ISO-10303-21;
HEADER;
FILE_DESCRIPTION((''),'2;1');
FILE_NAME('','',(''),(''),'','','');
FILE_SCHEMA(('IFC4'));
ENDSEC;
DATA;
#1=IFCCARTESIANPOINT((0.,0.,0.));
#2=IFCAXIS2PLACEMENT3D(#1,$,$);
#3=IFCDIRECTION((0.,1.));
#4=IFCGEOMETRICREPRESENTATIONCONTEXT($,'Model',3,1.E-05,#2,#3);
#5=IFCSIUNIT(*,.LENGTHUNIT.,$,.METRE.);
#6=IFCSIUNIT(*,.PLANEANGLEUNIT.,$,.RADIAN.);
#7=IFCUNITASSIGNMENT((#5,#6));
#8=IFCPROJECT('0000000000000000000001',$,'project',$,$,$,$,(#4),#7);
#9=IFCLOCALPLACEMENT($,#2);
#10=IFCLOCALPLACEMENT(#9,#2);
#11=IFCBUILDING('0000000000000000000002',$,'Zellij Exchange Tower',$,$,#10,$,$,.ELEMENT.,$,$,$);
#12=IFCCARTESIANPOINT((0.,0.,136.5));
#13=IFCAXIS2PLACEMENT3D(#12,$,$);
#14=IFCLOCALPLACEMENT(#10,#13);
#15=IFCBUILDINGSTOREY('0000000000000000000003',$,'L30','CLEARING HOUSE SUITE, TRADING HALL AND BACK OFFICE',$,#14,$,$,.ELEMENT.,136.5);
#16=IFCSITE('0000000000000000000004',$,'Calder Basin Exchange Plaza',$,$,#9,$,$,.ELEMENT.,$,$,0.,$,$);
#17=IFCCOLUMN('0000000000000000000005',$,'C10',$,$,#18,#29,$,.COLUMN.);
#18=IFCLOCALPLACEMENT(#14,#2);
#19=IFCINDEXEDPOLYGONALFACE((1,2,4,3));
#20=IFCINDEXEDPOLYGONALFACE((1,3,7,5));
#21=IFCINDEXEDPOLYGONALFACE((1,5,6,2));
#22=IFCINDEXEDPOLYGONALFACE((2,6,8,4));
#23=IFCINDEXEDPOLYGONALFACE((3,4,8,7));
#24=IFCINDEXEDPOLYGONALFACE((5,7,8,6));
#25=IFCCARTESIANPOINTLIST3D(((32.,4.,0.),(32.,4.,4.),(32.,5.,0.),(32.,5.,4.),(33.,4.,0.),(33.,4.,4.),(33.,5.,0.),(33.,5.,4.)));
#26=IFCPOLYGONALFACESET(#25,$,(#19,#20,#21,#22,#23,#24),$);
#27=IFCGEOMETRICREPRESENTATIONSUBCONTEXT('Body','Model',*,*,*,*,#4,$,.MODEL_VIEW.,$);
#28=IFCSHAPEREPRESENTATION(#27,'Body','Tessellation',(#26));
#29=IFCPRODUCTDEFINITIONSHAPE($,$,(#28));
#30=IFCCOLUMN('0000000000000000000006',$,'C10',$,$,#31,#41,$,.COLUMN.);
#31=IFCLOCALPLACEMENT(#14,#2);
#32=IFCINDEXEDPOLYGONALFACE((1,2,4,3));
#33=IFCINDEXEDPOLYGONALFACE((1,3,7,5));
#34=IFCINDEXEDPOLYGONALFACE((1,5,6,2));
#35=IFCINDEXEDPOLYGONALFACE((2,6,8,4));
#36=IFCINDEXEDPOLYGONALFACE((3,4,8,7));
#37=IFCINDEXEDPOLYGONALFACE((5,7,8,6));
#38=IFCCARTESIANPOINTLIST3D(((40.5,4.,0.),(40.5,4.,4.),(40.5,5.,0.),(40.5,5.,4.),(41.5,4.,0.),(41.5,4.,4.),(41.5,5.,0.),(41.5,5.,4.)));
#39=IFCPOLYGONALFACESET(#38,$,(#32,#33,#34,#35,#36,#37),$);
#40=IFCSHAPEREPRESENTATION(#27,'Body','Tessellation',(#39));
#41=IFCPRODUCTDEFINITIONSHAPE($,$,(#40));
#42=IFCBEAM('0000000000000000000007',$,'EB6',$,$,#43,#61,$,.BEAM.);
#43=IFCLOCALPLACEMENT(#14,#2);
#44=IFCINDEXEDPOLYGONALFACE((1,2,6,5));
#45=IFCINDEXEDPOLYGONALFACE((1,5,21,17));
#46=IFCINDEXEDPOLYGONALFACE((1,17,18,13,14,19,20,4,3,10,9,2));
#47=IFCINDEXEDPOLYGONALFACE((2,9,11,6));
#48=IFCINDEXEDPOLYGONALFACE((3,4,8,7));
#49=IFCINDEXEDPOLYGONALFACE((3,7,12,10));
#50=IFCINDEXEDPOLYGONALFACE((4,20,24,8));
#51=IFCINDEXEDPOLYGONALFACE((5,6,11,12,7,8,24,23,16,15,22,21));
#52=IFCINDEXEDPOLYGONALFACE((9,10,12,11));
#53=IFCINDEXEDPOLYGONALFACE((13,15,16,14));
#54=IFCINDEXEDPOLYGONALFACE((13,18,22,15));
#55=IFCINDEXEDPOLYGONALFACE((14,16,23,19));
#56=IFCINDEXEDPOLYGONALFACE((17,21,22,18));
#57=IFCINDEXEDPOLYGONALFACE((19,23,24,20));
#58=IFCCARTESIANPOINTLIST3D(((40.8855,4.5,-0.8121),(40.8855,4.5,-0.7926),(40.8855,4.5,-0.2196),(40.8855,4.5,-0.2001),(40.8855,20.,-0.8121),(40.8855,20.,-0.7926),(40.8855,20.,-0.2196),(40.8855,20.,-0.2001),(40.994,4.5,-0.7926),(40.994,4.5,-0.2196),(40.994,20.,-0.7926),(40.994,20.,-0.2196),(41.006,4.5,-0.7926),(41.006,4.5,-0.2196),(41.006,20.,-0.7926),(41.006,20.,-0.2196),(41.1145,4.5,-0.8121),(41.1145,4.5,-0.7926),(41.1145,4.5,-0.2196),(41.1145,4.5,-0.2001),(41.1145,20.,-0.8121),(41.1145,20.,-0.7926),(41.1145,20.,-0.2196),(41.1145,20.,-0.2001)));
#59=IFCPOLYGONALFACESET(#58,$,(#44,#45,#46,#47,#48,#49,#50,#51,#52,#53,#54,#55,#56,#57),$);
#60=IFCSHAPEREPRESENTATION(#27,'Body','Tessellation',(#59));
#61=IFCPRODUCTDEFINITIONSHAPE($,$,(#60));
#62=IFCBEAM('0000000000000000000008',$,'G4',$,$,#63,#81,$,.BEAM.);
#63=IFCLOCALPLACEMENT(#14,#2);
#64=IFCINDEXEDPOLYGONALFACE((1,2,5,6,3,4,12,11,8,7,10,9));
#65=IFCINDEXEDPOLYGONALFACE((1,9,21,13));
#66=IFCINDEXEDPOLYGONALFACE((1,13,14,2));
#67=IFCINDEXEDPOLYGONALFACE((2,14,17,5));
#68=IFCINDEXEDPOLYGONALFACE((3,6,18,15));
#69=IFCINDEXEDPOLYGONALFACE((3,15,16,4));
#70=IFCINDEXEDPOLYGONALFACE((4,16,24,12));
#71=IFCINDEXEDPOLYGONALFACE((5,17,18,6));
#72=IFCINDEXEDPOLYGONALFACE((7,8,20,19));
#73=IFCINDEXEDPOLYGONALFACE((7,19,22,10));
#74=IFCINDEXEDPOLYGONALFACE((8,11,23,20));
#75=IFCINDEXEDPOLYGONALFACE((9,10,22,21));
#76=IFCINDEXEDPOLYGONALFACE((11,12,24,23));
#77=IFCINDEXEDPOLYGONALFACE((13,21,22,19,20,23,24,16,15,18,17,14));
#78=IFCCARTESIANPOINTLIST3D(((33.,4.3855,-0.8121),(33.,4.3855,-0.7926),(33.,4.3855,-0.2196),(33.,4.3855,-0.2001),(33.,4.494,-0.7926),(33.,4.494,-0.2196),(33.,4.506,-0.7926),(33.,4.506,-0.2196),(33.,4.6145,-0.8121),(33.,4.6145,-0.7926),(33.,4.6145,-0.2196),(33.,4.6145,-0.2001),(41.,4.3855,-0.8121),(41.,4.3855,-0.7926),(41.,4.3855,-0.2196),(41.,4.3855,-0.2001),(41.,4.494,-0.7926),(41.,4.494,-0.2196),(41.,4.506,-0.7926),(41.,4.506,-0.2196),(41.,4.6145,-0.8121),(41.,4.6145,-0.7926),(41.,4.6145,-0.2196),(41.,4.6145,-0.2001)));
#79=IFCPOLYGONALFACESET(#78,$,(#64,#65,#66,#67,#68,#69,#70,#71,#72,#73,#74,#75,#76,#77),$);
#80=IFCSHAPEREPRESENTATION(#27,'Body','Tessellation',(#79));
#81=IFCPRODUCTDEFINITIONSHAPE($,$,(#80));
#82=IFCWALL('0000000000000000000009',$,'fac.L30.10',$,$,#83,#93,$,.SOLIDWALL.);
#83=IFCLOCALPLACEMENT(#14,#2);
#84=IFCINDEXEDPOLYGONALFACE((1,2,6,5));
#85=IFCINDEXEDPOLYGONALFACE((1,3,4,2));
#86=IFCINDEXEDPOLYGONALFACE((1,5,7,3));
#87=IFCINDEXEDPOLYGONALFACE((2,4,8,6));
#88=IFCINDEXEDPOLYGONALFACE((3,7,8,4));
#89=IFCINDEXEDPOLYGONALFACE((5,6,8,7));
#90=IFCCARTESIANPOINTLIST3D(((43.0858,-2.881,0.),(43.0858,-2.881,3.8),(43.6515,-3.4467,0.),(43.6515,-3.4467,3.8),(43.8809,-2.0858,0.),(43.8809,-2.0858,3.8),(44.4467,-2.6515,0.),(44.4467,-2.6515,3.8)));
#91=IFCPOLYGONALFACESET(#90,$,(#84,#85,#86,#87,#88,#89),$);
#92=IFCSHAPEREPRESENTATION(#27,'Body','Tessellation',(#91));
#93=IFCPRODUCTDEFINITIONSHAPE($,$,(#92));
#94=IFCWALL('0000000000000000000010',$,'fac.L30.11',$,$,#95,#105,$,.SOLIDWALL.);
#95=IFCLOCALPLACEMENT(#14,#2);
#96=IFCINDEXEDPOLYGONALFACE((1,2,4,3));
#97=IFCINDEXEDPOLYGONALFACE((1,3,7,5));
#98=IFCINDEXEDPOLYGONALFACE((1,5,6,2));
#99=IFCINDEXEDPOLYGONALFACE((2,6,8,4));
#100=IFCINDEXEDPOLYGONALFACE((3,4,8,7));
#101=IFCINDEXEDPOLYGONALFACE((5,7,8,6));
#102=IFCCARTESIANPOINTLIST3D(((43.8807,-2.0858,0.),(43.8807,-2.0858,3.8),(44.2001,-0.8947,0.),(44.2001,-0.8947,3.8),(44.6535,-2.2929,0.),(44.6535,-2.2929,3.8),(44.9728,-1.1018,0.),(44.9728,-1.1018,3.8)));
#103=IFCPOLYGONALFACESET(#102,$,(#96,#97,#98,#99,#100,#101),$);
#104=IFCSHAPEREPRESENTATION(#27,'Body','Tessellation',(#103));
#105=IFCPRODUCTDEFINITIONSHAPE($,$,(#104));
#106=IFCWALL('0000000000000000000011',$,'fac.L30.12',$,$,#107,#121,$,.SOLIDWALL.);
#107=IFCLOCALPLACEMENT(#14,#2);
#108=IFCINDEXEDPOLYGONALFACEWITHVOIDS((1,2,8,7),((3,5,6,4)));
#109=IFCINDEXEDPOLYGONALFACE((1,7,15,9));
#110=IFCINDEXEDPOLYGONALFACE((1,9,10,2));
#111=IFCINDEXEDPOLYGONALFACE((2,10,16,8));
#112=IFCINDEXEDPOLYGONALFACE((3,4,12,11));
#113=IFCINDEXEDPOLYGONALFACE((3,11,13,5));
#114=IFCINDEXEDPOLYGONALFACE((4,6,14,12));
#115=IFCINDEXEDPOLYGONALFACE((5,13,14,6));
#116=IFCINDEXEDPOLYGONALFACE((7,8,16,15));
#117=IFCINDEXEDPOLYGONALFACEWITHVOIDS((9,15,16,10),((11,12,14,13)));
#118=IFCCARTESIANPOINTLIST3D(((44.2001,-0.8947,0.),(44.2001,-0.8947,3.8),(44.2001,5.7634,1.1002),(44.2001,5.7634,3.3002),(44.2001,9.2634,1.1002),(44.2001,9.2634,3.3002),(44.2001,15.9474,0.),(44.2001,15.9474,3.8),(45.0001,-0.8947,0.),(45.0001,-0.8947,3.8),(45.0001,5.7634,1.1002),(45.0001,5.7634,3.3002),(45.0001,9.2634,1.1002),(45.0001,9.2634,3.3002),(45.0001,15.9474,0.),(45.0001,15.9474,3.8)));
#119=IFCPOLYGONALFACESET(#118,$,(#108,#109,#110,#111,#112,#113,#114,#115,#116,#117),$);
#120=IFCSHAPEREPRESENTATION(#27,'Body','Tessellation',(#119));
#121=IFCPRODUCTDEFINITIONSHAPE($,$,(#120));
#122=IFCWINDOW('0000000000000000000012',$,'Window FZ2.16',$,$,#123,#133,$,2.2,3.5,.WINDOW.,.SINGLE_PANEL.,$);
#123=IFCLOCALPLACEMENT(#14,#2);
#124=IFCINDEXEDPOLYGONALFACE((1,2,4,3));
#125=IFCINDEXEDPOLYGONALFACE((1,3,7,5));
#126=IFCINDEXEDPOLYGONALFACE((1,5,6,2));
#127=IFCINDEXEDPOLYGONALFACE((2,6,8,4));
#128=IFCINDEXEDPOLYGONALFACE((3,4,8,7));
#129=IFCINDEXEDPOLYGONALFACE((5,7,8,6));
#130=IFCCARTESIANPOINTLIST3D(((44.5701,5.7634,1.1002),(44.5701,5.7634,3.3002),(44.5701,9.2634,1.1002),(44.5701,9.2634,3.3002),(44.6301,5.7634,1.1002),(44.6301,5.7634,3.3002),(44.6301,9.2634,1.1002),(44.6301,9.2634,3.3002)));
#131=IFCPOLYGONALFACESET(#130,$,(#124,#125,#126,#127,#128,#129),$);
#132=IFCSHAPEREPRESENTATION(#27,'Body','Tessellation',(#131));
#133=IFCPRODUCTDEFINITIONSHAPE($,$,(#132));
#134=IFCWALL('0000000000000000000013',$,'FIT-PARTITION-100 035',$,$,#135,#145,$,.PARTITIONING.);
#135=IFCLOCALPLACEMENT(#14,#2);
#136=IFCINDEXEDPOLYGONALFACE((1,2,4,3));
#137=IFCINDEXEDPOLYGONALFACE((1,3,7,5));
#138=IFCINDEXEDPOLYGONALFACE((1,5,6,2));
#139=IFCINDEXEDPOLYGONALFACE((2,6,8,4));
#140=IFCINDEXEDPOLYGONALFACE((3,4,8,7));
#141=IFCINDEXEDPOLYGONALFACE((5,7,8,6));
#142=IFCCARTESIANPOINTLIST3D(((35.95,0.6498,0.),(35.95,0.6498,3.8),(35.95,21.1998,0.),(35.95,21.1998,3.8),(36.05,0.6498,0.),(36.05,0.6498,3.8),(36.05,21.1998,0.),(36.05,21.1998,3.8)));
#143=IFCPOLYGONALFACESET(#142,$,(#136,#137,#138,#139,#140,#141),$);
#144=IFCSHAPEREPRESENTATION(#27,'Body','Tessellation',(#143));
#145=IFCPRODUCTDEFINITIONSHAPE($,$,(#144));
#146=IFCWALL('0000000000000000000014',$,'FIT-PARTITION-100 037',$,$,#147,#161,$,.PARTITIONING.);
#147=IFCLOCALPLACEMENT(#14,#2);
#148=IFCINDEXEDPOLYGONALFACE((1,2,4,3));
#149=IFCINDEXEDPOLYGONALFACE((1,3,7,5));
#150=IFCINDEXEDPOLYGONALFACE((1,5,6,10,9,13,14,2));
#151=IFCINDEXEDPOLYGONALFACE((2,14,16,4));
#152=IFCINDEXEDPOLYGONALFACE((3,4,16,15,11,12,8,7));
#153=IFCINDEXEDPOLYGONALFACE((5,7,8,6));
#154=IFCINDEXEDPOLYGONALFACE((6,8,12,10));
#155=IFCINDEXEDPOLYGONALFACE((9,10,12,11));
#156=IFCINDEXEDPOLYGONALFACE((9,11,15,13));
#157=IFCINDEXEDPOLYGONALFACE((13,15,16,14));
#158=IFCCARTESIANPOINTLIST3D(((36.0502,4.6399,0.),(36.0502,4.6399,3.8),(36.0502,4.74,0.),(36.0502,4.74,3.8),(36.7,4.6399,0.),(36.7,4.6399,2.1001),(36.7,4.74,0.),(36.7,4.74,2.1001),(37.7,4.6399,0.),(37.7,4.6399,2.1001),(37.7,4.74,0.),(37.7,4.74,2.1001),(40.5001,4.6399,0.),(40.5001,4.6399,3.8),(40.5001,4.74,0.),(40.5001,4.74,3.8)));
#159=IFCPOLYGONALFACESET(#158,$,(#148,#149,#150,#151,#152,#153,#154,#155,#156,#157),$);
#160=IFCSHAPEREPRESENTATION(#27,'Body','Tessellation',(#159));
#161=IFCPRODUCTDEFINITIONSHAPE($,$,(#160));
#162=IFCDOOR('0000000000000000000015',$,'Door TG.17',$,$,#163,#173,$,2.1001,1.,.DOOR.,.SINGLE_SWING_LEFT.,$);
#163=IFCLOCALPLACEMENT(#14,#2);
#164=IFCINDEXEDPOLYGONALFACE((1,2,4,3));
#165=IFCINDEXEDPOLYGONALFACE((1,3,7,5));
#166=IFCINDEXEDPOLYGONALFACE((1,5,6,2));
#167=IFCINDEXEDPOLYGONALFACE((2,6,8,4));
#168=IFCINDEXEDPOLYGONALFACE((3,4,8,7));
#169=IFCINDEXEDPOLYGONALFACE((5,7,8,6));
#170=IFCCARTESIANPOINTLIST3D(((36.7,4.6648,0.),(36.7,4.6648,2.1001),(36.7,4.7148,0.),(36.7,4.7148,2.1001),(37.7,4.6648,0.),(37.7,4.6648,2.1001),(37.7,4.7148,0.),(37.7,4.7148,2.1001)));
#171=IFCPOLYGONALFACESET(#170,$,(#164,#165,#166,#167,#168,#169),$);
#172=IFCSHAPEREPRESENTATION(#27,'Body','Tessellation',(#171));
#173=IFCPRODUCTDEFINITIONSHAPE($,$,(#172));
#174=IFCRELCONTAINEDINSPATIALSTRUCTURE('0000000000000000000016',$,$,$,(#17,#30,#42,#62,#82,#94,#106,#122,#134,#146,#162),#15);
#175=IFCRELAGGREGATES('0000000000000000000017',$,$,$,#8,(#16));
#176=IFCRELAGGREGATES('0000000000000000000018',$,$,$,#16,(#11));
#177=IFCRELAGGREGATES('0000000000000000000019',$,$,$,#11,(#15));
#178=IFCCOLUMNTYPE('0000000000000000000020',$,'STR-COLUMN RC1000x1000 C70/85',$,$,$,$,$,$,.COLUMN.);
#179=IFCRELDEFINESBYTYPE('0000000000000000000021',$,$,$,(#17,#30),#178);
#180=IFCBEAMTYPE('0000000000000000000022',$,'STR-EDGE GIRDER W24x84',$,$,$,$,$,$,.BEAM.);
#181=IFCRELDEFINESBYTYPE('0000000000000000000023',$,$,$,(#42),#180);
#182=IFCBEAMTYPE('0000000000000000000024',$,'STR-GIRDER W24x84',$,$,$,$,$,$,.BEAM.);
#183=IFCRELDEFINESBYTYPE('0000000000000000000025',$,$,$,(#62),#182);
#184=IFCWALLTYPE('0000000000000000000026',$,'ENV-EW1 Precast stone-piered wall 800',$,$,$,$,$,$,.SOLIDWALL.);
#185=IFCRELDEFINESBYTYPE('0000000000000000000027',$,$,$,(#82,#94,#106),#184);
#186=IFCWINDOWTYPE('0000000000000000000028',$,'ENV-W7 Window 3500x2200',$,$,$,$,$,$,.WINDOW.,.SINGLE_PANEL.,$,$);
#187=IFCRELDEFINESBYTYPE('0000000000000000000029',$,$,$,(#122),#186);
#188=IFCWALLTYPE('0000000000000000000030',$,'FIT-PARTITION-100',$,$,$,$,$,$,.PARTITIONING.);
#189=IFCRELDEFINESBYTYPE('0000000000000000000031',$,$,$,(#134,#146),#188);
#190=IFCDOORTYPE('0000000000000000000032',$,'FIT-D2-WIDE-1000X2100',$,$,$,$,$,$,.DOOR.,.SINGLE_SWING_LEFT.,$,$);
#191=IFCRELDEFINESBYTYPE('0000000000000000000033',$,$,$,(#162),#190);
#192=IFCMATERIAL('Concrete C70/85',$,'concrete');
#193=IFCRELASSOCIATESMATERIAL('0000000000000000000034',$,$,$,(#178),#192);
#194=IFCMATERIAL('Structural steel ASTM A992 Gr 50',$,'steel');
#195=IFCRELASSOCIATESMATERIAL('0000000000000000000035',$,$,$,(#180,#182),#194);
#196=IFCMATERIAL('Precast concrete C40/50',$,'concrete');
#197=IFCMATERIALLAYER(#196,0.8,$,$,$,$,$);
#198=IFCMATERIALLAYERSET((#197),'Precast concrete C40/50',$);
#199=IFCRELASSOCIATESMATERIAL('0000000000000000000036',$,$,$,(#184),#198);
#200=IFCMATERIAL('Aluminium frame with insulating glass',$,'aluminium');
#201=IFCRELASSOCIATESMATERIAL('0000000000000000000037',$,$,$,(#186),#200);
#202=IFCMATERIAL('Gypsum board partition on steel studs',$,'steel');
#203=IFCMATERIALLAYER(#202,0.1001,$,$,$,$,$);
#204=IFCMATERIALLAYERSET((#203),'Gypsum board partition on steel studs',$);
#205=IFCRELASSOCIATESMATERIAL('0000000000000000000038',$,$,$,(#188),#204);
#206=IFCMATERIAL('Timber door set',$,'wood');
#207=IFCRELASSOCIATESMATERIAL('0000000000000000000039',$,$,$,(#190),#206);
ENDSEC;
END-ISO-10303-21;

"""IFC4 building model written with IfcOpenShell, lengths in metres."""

from ifc_helpers import new_model, si_unit, direction, frame, frame_2d, origin, origin_2d, place, context, subcontext, project, spatial, rectangle, i_section, extrude, material, layer, layer_set, material_profile, profile_set, type_object, element, fill, save


model = new_model("IFC4")

# Units and contexts
model_context = context("Model", 3, precision=1e-05, world=origin(), true_north=direction((0.0, 1.0)))
body_context = subcontext(model_context, "Body", "Model", "MODEL_VIEW")
ifc_project = project(units=[si_unit("LENGTHUNIT", "METRE"), si_unit("PLANEANGLEUNIT", "RADIAN")], contexts=[model_context])

# Site, building, storey
site_placement = place(None, origin())
site = spatial("IfcSite", under=ifc_project, at=site_placement, Name="Calder Basin Exchange Plaza", CompositionType="ELEMENT", RefElevation=0.0)
building_placement = place(site_placement, origin())
building = spatial("IfcBuilding", under=site, at=building_placement, Name="Zellij Exchange Tower", CompositionType="ELEMENT")
storey_placement = place(building_placement, frame((0.0, 0.0, 136.5)))
storey = spatial("IfcBuildingStorey", under=building, at=storey_placement, Name="L30", Description="CLEARING HOUSE SUITE, TRADING HALL AND BACK OFFICE", CompositionType="ELEMENT", Elevation=136.5)

# Columns
ifc_material_1 = material(Name="Concrete C70/85", Category="concrete")
ifc_material_profile_1 = material_profile(ifc_material_1, rectangle(XDim=1.0, YDim=1.0, at=origin_2d()), Name="STR-COLUMN RC1000x1000 C70/85")
ifc_profile_set_1 = profile_set([ifc_material_profile_1], Name="Concrete C70/85")
column_type = type_object("IfcColumnType", Name="STR-COLUMN RC1000x1000 C70/85", PredefinedType="COLUMN", material=ifc_profile_set_1)
for number, where, z_axis, x_axis, name in (
    (1, (32.5, 4.5, 0.0), (0.0, 0.0, 1.0), (1.0, 0.0, 0.0), "C10"),
    (2, (41.0, 4.5, 0.0), (0.0, 0.0, 1.0), (1.0, 0.0, 0.0), "C10"),
):
    element("IfcColumn", number, at=place(storey_placement, frame(where, z_axis=z_axis, x_axis=x_axis)), inside=storey, type_object=column_type, Name=name, PredefinedType="COLUMN", context=body_context, shape_type="SweptSolid", body=[
        extrude(rectangle(XDim=1.0, YDim=1.0, at=origin_2d()), origin(), (0.0, 0.0, 1.0), 4.0),
    ])

# Beams
ifc_material_2 = material(Name="Structural steel ASTM A992 Gr 50", Category="steel")
ifc_material_profile_2 = material_profile(ifc_material_2, i_section(OverallWidth=0.229, OverallDepth=0.6121, WebThickness=0.012, FlangeThickness=0.0195, at=origin_2d()), Name="W24x84")
ifc_profile_set_2 = profile_set([ifc_material_profile_2], Name="Structural steel ASTM A992 Gr 50")
beam_type_1 = type_object("IfcBeamType", Name="STR-EDGE GIRDER W24x84", PredefinedType="BEAM", material=ifc_profile_set_2)
beam_1_placement = place(storey_placement, frame((41.0, 4.5, -0.5061), z_axis=(0.0, 1.0, 0.0), x_axis=(-1.0, 0.0, 0.0)))
element("IfcBeam", 3, at=beam_1_placement, inside=storey, type_object=beam_type_1, Name="EB6", PredefinedType="BEAM", context=body_context, shape_type="SweptSolid", body=[
    extrude(i_section(OverallWidth=0.229, OverallDepth=0.6121, WebThickness=0.012, FlangeThickness=0.0195, at=origin_2d()), origin(), (0.0, 0.0, 1.0), 15.5),
])
ifc_material_profile_3 = material_profile(ifc_material_2, i_section(OverallWidth=0.229, OverallDepth=0.6121, WebThickness=0.012, FlangeThickness=0.0195, at=origin_2d()), Name="W24x84")
ifc_profile_set_3 = profile_set([ifc_material_profile_3], Name="Structural steel ASTM A992 Gr 50")
beam_type_2 = type_object("IfcBeamType", Name="STR-GIRDER W24x84", PredefinedType="BEAM", material=ifc_profile_set_3)
beam_2_placement = place(storey_placement, frame((33.0, 4.5, -0.5061), z_axis=(1.0, 0.0, 0.0), x_axis=(0.0, 1.0, 0.0)))
element("IfcBeam", 4, at=beam_2_placement, inside=storey, type_object=beam_type_2, Name="G4", PredefinedType="BEAM", context=body_context, shape_type="SweptSolid", body=[
    extrude(i_section(OverallWidth=0.229, OverallDepth=0.6121, WebThickness=0.012, FlangeThickness=0.0195, at=origin_2d()), origin(), (0.0, 0.0, 1.0), 8.0),
])

# Walls
ifc_material_3 = material(Name="Precast concrete C40/50", Category="concrete")
ifc_layer_1 = layer(ifc_material_3, 0.8)
ifc_layer_set_1 = layer_set([ifc_layer_1], Name="Precast concrete C40/50")
wall_type_1 = type_object("IfcWallType", Name="ENV-EW1 Precast stone-piered wall 800", PredefinedType="SOLIDWALL", material=ifc_layer_set_1)
wall_1_placement = place(storey_placement, frame((43.3687, -3.1638, 0.0), z_axis=(0.0, 0.0, 1.0), x_axis=(0.707107, 0.707107, 0.0)))
element("IfcWall", 5, at=wall_1_placement, inside=storey, type_object=wall_type_1, Name="fac.L30.10", PredefinedType="SOLIDWALL", context=body_context, shape_type="SweptSolid", body=[
    extrude(rectangle(XDim=1.1245, YDim=0.8, at=frame_2d((0.5623, 0.0))), origin(), (0.0, 0.0, 1.0), 3.8),
])
wall_2_placement = place(storey_placement, frame((44.2671, -2.1895, 0.0), z_axis=(0.0, 0.0, 1.0), x_axis=(0.258944, 0.965892, 0.0)))
element("IfcWall", 6, at=wall_2_placement, inside=storey, type_object=wall_type_1, Name="fac.L30.11", PredefinedType="SOLIDWALL", context=body_context, shape_type="SweptSolid", body=[
    extrude(rectangle(XDim=1.2332, YDim=0.8, at=frame_2d((0.6167, 0.0))), origin(), (0.0, 0.0, 1.0), 3.8),
])

# Wall, opening, window
wall_3_placement = place(storey_placement, frame((44.6001, -0.8945, 0.0), z_axis=(0.0, 0.0, 1.0), x_axis=(0.0, 1.0, 0.0)))
wall_3 = element("IfcWall", 7, at=wall_3_placement, inside=storey, type_object=wall_type_1, Name="fac.L30.12", PredefinedType="SOLIDWALL", context=body_context, shape_type="SweptSolid", body=[
    extrude(rectangle(XDim=16.842, YDim=0.8, at=frame_2d((8.4209, 0.0))), origin(), (0.0, 0.0, 1.0), 3.8),
])
opening_1_placement = place(wall_3_placement, frame((6.658, 0.0, 1.1001)))
opening_1 = element("IfcOpeningElement", 8, at=opening_1_placement, cuts=wall_3, PredefinedType="OPENING", context=body_context, shape_type="SweptSolid", body=[
    extrude(rectangle(XDim=3.5, YDim=2.2, at=frame_2d((1.75, 1.1001))), frame((0.0, 0.4121, 0.0), z_axis=(0.0, -1.0, 0.0), x_axis=(1.0, 0.0, 0.0)), (0.0, 0.0, 1.0), 0.824),
])
ifc_material_4 = material(Name="Aluminium frame with insulating glass", Category="aluminium")
window_type = type_object("IfcWindowType", Name="ENV-W7 Window 3500x2200", PartitioningType="SINGLE_PANEL", PredefinedType="WINDOW", material=ifc_material_4)
window_placement = place(opening_1_placement, origin())
window = element("IfcWindow", 9, at=window_placement, inside=storey, type_object=window_type, Name="Window FZ2.16", OverallHeight=2.2, OverallWidth=3.5, PartitioningType="SINGLE_PANEL", PredefinedType="WINDOW", context=body_context, shape_type="SweptSolid", body=[
    extrude(rectangle(XDim=3.5, YDim=2.2, at=frame_2d((1.75, 1.1001))), frame((0.0, 0.03, 0.0), z_axis=(0.0, -1.0, 0.0), x_axis=(1.0, 0.0, 0.0)), (0.0, 0.0, 1.0), 0.0601),
])
fill(opening_1, window)

# Wall
ifc_material_5 = material(Name="Gypsum board partition on steel studs", Category="steel")
ifc_layer_2 = layer(ifc_material_5, 0.1001)
ifc_layer_set_2 = layer_set([ifc_layer_2], Name="Gypsum board partition on steel studs")
wall_type_2 = type_object("IfcWallType", Name="FIT-PARTITION-100", PredefinedType="PARTITIONING", material=ifc_layer_set_2)
wall_4_placement = place(storey_placement, frame((36.0, 0.6499, 0.0), z_axis=(0.0, 0.0, 1.0), x_axis=(0.0, 1.0, 0.0)))
element("IfcWall", 10, at=wall_4_placement, inside=storey, type_object=wall_type_2, Name="FIT-PARTITION-100 035", PredefinedType="PARTITIONING", context=body_context, shape_type="SweptSolid", body=[
    extrude(rectangle(XDim=20.55, YDim=0.1001, at=frame_2d((10.2749, 0.0))), origin(), (0.0, 0.0, 1.0), 3.8),
])

# Wall, opening, door
wall_5_placement = place(storey_placement, frame((36.05, 4.6899, 0.0), z_axis=(0.0, 0.0, 1.0), x_axis=(1.0, 0.0, 0.0)))
wall_5 = element("IfcWall", 11, at=wall_5_placement, inside=storey, type_object=wall_type_2, Name="FIT-PARTITION-100 037", PredefinedType="PARTITIONING", context=body_context, shape_type="SweptSolid", body=[
    extrude(rectangle(XDim=4.45, YDim=0.1001, at=frame_2d((2.2251, 0.0))), origin(), (0.0, 0.0, 1.0), 3.8),
])
opening_2_placement = place(wall_5_placement, frame((0.6499, 0.0, 0.0)))
opening_2 = element("IfcOpeningElement", 12, at=opening_2_placement, cuts=wall_5, PredefinedType="OPENING", context=body_context, shape_type="SweptSolid", body=[
    extrude(rectangle(XDim=1.0, YDim=2.1001, at=frame_2d((0.5, 1.05))), frame((0.0, 0.062, 0.0), z_axis=(0.0, -1.0, 0.0), x_axis=(1.0, 0.0, 0.0)), (0.0, 0.0, 1.0), 0.124),
])
ifc_material_6 = material(Name="Timber door set", Category="wood")
door_type = type_object("IfcDoorType", Name="FIT-D2-WIDE-1000X2100", OperationType="SINGLE_SWING_LEFT", PredefinedType="DOOR", material=ifc_material_6)
door_placement = place(opening_2_placement, origin())
door = element("IfcDoor", 13, at=door_placement, inside=storey, type_object=door_type, Name="Door TG.17", OperationType="SINGLE_SWING_LEFT", OverallHeight=2.1001, OverallWidth=1.0, PredefinedType="DOOR", context=body_context, shape_type="SweptSolid", body=[
    extrude(rectangle(XDim=1.0, YDim=2.1001, at=frame_2d((0.5, 1.05))), frame((0.0, 0.0249, 0.0), z_axis=(0.0, -1.0, 0.0), x_axis=(1.0, 0.0, 0.0)), (0.0, 0.0, 1.0), 0.05),
])
fill(opening_2, door)

save(model, "model.ifc")
